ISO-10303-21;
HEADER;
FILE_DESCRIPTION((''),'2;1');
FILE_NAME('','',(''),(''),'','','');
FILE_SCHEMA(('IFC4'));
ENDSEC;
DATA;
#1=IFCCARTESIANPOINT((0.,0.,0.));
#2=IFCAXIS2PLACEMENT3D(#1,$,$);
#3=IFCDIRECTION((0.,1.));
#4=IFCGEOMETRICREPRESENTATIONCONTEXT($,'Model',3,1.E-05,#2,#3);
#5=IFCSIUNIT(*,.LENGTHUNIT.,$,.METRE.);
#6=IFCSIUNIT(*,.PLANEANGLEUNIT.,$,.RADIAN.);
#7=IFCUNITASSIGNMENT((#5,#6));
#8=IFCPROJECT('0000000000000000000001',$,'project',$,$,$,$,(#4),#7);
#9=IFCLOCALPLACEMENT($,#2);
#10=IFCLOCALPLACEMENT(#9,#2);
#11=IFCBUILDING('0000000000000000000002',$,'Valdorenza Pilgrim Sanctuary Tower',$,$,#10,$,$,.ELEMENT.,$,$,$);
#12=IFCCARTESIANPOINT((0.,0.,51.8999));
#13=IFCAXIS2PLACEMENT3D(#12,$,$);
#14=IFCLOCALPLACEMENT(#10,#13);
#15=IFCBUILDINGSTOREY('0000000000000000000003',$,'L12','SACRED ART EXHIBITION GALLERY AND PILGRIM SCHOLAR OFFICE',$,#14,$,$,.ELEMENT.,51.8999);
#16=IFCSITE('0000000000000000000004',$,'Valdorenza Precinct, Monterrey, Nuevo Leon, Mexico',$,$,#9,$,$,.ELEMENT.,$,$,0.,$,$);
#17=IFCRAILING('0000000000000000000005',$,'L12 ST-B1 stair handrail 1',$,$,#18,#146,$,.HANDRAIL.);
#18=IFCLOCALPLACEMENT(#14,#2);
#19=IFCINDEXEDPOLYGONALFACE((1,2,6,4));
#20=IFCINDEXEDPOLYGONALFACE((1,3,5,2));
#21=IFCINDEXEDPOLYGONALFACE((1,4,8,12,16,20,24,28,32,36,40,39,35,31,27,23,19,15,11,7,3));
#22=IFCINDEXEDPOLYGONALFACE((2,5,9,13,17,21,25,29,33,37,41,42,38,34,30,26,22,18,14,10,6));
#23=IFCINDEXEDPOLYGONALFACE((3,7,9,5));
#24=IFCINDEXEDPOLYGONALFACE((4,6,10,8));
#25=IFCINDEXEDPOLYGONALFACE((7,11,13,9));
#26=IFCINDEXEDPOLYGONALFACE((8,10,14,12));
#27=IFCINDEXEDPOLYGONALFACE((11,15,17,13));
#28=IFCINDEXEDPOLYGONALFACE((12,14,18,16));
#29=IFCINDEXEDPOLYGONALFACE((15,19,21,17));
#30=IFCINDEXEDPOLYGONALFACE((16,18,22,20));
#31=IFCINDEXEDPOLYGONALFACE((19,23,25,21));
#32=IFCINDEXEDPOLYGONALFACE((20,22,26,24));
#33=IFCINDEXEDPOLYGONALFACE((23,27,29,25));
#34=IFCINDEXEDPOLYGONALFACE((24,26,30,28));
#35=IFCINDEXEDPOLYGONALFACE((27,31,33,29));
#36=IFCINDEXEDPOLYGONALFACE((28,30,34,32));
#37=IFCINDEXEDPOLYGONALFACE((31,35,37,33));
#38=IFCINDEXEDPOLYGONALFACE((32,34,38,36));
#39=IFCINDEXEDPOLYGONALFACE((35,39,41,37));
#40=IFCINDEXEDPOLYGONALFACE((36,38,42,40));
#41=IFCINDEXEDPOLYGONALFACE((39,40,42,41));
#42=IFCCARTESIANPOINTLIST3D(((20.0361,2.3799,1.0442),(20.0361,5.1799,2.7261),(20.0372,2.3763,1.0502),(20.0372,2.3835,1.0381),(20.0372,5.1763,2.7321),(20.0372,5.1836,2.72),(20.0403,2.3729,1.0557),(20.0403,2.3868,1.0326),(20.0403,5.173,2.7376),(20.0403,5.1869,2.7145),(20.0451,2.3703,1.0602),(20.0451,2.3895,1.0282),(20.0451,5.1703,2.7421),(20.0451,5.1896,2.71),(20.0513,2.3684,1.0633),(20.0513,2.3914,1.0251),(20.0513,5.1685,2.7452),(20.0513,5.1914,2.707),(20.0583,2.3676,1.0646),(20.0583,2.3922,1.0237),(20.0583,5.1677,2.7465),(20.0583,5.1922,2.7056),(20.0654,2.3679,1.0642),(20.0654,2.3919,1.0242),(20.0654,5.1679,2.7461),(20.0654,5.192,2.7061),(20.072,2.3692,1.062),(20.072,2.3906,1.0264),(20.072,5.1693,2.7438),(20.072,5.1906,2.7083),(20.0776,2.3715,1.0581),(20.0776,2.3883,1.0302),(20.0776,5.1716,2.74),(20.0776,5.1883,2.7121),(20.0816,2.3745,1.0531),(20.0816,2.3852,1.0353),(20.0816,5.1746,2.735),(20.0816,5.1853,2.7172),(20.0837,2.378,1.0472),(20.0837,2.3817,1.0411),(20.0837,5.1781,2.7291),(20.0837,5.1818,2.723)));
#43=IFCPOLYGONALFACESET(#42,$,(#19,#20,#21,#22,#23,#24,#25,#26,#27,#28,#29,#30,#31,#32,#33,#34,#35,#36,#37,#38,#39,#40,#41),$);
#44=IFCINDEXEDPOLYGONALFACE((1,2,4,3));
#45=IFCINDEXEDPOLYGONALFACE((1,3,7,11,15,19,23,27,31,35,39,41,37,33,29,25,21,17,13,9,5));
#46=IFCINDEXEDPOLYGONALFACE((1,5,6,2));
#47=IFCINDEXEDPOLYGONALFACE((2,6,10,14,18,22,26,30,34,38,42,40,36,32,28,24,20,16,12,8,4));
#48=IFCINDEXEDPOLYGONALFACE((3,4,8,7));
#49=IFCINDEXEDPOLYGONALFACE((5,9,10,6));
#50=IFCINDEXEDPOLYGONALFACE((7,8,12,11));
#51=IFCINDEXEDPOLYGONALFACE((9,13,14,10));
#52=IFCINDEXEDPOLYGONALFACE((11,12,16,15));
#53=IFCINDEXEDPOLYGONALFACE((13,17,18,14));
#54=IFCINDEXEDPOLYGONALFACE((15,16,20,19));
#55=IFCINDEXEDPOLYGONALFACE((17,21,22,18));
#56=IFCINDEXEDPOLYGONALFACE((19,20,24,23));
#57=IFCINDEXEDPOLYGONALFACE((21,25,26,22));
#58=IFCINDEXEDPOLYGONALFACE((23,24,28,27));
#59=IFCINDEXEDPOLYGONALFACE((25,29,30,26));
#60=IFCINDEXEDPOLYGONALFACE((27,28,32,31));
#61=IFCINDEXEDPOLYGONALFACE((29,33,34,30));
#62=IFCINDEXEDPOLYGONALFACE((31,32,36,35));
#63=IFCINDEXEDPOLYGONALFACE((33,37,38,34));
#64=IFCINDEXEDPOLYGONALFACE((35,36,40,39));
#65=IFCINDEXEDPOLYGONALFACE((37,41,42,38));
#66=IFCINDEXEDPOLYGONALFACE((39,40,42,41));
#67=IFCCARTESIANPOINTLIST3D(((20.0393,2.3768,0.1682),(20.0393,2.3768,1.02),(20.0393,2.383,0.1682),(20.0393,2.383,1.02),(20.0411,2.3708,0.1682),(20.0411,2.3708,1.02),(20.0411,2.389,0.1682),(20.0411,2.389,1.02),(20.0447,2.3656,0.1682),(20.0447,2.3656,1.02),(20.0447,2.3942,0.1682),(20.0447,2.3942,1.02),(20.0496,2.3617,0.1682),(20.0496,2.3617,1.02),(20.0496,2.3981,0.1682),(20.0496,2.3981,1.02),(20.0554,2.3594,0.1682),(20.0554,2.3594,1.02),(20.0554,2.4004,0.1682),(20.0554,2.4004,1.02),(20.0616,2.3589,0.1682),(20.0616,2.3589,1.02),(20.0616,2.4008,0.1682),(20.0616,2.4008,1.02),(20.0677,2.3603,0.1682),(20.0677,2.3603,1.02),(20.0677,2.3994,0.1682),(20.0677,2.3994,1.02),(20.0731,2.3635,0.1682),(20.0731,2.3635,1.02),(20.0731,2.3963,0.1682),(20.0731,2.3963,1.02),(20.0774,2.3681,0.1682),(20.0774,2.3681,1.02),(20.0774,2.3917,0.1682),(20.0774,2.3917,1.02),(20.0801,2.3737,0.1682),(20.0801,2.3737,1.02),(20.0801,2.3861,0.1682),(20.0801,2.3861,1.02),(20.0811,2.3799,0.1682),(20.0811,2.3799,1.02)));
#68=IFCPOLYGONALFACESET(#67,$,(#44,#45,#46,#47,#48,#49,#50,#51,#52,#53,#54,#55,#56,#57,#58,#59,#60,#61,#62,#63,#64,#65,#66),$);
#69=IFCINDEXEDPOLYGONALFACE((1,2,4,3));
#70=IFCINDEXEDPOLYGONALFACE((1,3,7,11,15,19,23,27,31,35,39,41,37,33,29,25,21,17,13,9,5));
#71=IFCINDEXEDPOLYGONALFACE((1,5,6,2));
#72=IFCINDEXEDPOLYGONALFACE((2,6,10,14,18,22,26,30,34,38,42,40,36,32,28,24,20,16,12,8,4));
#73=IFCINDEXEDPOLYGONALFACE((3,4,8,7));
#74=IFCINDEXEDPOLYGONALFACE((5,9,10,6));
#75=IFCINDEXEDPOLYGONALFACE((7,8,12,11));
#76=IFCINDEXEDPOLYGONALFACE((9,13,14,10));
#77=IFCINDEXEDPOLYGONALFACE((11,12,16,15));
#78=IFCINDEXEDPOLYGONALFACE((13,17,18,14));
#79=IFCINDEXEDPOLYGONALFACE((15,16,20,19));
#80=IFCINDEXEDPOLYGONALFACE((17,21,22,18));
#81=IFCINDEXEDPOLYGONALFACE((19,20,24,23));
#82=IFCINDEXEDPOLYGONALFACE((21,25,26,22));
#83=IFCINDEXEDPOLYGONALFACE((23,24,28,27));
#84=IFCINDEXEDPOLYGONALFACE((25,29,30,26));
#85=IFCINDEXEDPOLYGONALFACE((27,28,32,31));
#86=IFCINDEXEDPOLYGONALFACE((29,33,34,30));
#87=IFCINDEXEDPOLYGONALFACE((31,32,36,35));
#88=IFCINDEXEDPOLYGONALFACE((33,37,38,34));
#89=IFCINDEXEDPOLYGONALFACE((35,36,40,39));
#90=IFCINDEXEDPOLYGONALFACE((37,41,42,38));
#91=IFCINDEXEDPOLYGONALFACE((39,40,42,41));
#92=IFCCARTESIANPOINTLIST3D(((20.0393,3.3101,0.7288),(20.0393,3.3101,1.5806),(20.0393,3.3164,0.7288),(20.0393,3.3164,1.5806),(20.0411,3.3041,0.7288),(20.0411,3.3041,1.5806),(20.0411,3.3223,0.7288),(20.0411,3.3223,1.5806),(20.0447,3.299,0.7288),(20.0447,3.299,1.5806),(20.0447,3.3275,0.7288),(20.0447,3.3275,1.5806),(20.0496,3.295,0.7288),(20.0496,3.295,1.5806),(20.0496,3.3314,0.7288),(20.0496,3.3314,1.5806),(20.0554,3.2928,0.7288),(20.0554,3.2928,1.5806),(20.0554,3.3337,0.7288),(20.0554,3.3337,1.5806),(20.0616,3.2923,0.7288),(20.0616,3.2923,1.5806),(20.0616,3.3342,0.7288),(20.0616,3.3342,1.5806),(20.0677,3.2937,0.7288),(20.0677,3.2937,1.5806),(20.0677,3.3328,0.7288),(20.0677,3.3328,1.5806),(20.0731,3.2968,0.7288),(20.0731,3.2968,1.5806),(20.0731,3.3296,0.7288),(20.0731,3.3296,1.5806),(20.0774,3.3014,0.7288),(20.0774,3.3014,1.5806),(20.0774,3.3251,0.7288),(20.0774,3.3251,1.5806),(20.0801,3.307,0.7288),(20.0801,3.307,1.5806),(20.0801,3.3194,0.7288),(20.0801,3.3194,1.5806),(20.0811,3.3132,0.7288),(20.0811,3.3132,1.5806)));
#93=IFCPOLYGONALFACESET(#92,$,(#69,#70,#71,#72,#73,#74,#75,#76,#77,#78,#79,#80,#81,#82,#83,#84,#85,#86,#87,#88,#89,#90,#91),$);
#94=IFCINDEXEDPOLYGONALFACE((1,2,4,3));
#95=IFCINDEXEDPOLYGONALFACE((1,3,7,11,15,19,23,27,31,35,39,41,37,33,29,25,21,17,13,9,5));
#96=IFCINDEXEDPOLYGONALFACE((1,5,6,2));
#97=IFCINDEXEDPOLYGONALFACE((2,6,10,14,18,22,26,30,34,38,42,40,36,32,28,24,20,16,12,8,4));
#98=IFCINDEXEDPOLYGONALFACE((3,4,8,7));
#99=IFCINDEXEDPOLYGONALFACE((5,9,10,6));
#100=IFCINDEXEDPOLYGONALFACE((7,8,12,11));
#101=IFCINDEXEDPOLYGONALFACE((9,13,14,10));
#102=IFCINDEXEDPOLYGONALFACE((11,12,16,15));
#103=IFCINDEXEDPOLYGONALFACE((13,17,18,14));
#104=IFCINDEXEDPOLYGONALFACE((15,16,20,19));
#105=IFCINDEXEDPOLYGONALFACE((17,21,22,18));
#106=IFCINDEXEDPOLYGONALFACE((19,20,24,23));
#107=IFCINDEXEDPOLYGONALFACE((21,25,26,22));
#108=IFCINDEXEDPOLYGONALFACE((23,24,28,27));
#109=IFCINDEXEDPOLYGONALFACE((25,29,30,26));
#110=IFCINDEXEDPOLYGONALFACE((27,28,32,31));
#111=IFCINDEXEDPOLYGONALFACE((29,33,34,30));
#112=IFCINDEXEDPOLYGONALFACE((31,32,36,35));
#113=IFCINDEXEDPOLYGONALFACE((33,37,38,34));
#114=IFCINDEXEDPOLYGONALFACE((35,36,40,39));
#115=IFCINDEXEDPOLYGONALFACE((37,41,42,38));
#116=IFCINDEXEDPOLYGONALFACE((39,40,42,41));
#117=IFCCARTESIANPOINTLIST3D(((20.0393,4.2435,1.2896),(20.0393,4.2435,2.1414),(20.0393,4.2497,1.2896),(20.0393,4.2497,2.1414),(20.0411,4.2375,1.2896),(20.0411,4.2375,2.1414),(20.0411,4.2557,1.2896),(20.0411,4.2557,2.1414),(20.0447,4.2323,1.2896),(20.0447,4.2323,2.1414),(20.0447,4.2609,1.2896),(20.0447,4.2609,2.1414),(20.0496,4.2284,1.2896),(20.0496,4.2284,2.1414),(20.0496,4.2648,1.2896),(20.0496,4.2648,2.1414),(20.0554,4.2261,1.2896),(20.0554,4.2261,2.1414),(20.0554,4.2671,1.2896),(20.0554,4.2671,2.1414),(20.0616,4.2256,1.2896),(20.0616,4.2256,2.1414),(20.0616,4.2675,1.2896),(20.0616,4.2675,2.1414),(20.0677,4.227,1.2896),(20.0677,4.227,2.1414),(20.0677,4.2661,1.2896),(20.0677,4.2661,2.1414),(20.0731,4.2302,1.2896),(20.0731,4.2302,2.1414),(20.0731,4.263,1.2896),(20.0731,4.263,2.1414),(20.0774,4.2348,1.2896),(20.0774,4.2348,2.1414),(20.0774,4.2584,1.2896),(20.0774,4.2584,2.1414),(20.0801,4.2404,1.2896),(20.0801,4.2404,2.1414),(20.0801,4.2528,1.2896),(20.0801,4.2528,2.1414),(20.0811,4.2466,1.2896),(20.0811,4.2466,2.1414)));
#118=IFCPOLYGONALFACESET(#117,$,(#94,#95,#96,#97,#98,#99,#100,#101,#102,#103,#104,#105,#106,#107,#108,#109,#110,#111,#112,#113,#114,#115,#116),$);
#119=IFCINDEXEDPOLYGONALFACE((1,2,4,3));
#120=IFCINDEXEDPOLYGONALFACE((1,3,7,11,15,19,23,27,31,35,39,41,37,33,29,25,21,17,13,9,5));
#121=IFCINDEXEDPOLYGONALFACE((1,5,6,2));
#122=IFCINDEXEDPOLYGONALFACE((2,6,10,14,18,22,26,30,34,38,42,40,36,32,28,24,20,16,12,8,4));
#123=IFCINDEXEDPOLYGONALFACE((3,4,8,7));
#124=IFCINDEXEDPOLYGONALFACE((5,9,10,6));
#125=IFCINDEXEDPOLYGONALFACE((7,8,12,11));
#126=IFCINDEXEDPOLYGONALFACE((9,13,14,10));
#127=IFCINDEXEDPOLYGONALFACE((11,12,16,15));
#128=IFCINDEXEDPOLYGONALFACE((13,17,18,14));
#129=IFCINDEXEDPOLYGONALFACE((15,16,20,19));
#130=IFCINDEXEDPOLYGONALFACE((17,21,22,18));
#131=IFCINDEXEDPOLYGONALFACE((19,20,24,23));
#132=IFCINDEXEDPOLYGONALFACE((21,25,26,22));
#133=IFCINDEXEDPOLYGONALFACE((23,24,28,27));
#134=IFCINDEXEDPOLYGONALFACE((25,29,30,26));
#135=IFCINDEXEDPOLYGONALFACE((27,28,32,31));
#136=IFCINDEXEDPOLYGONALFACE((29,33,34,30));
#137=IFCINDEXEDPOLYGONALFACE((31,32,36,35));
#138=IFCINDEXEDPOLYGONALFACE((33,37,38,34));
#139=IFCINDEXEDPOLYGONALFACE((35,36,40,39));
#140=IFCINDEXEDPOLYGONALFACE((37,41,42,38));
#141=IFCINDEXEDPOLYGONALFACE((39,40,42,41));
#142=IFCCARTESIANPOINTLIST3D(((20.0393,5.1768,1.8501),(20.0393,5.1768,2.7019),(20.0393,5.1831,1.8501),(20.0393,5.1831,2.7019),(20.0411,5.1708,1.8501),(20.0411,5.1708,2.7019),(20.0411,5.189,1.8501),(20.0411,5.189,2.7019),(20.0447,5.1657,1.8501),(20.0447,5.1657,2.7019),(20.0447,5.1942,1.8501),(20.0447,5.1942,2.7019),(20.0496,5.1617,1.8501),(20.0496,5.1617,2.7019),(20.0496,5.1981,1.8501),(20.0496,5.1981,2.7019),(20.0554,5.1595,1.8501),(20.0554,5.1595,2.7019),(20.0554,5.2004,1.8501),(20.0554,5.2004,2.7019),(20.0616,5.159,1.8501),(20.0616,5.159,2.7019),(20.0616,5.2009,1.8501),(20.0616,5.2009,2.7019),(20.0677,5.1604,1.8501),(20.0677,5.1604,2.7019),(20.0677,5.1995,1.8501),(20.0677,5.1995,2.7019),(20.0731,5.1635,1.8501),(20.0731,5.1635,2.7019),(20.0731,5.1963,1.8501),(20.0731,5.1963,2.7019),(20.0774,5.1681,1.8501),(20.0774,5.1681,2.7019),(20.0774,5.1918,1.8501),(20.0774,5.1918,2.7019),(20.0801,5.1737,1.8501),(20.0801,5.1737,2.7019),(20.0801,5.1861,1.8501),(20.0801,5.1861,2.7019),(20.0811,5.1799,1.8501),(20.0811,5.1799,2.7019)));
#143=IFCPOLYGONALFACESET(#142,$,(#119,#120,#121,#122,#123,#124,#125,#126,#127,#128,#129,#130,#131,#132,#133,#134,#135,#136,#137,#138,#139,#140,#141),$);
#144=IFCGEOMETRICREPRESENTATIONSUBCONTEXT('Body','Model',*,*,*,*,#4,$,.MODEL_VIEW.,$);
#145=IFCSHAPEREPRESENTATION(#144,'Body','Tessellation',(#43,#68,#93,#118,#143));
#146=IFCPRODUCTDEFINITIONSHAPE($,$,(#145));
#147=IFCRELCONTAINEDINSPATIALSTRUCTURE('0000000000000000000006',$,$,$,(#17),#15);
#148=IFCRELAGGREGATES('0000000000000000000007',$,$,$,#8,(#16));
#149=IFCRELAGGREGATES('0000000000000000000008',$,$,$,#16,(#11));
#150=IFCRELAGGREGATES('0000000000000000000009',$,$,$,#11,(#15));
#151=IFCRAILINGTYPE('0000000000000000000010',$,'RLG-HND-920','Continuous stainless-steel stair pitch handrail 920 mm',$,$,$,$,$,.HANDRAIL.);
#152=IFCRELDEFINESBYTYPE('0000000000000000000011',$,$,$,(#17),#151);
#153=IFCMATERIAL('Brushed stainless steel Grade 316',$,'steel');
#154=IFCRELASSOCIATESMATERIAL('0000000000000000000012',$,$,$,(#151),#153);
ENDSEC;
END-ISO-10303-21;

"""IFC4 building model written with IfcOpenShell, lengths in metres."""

from ifc_helpers import new_model, si_unit, direction, frame, origin, origin_2d, place, context, subcontext, project, spatial, circle, extrude, material, type_object, element, save


model = new_model("IFC4")

# Units and contexts
model_context = context("Model", 3, precision=1e-05, world=origin(), true_north=direction((0.0, 1.0)))
body_context = subcontext(model_context, "Body", "Model", "MODEL_VIEW")
ifc_project = project(units=[si_unit("LENGTHUNIT", "METRE"), si_unit("PLANEANGLEUNIT", "RADIAN")], contexts=[model_context])

# Site, building, storey
site_placement = place(None, origin())
site = spatial("IfcSite", under=ifc_project, at=site_placement, Name="Valdorenza Precinct, Monterrey, Nuevo Leon, Mexico", CompositionType="ELEMENT", RefElevation=0.0)
building_placement = place(site_placement, origin())
building = spatial("IfcBuilding", under=site, at=building_placement, Name="Valdorenza Pilgrim Sanctuary Tower", CompositionType="ELEMENT")
storey_placement = place(building_placement, frame((0.0, 0.0, 51.8999)))
storey = spatial("IfcBuildingStorey", under=building, at=storey_placement, Name="L12", Description="SACRED ART EXHIBITION GALLERY AND PILGRIM SCHOLAR OFFICE", CompositionType="ELEMENT", Elevation=51.8999)

# Railing
ifc_material_1 = material(Name="Brushed stainless steel Grade 316", Category="steel")
railing_type_1 = type_object("IfcRailingType", Name="RLG-HND-920", Description="Continuous stainless-steel stair pitch handrail 920 mm", PredefinedType="HANDRAIL", material=ifc_material_1)
railing_1_placement = place(storey_placement, frame((20.0601, 2.3799, 0.1682)))
element("IfcRailing", 1, at=railing_1_placement, inside=storey, type_object=railing_type_1, Name="L12 ST-B1 stair handrail 1", PredefinedType="HANDRAIL", context=body_context, shape_type="SweptSolid", body=[
    extrude(circle(Radius=0.0239, at=origin_2d()), frame((0.0, 0.0, 0.876), z_axis=(0.0, 0.857242, 0.514913), x_axis=(-1.0, 0.0, 0.0)), (0.0, 0.0, 1.0), 3.2664),
    extrude(circle(Radius=0.021, at=origin_2d()), origin(), (0.0, 0.0, 1.0), 0.8518),
    extrude(circle(Radius=0.021, at=origin_2d()), frame((0.0, 0.9333, 0.5605)), (0.0, 0.0, 1.0), 0.8518),
    extrude(circle(Radius=0.021, at=origin_2d()), frame((0.0, 1.8667, 1.1213)), (0.0, 0.0, 1.0), 0.8518),
    extrude(circle(Radius=0.021, at=origin_2d()), frame((0.0, 2.8, 1.6819)), (0.0, 0.0, 1.0), 0.8518),
])

save(model, "model.ifc")
